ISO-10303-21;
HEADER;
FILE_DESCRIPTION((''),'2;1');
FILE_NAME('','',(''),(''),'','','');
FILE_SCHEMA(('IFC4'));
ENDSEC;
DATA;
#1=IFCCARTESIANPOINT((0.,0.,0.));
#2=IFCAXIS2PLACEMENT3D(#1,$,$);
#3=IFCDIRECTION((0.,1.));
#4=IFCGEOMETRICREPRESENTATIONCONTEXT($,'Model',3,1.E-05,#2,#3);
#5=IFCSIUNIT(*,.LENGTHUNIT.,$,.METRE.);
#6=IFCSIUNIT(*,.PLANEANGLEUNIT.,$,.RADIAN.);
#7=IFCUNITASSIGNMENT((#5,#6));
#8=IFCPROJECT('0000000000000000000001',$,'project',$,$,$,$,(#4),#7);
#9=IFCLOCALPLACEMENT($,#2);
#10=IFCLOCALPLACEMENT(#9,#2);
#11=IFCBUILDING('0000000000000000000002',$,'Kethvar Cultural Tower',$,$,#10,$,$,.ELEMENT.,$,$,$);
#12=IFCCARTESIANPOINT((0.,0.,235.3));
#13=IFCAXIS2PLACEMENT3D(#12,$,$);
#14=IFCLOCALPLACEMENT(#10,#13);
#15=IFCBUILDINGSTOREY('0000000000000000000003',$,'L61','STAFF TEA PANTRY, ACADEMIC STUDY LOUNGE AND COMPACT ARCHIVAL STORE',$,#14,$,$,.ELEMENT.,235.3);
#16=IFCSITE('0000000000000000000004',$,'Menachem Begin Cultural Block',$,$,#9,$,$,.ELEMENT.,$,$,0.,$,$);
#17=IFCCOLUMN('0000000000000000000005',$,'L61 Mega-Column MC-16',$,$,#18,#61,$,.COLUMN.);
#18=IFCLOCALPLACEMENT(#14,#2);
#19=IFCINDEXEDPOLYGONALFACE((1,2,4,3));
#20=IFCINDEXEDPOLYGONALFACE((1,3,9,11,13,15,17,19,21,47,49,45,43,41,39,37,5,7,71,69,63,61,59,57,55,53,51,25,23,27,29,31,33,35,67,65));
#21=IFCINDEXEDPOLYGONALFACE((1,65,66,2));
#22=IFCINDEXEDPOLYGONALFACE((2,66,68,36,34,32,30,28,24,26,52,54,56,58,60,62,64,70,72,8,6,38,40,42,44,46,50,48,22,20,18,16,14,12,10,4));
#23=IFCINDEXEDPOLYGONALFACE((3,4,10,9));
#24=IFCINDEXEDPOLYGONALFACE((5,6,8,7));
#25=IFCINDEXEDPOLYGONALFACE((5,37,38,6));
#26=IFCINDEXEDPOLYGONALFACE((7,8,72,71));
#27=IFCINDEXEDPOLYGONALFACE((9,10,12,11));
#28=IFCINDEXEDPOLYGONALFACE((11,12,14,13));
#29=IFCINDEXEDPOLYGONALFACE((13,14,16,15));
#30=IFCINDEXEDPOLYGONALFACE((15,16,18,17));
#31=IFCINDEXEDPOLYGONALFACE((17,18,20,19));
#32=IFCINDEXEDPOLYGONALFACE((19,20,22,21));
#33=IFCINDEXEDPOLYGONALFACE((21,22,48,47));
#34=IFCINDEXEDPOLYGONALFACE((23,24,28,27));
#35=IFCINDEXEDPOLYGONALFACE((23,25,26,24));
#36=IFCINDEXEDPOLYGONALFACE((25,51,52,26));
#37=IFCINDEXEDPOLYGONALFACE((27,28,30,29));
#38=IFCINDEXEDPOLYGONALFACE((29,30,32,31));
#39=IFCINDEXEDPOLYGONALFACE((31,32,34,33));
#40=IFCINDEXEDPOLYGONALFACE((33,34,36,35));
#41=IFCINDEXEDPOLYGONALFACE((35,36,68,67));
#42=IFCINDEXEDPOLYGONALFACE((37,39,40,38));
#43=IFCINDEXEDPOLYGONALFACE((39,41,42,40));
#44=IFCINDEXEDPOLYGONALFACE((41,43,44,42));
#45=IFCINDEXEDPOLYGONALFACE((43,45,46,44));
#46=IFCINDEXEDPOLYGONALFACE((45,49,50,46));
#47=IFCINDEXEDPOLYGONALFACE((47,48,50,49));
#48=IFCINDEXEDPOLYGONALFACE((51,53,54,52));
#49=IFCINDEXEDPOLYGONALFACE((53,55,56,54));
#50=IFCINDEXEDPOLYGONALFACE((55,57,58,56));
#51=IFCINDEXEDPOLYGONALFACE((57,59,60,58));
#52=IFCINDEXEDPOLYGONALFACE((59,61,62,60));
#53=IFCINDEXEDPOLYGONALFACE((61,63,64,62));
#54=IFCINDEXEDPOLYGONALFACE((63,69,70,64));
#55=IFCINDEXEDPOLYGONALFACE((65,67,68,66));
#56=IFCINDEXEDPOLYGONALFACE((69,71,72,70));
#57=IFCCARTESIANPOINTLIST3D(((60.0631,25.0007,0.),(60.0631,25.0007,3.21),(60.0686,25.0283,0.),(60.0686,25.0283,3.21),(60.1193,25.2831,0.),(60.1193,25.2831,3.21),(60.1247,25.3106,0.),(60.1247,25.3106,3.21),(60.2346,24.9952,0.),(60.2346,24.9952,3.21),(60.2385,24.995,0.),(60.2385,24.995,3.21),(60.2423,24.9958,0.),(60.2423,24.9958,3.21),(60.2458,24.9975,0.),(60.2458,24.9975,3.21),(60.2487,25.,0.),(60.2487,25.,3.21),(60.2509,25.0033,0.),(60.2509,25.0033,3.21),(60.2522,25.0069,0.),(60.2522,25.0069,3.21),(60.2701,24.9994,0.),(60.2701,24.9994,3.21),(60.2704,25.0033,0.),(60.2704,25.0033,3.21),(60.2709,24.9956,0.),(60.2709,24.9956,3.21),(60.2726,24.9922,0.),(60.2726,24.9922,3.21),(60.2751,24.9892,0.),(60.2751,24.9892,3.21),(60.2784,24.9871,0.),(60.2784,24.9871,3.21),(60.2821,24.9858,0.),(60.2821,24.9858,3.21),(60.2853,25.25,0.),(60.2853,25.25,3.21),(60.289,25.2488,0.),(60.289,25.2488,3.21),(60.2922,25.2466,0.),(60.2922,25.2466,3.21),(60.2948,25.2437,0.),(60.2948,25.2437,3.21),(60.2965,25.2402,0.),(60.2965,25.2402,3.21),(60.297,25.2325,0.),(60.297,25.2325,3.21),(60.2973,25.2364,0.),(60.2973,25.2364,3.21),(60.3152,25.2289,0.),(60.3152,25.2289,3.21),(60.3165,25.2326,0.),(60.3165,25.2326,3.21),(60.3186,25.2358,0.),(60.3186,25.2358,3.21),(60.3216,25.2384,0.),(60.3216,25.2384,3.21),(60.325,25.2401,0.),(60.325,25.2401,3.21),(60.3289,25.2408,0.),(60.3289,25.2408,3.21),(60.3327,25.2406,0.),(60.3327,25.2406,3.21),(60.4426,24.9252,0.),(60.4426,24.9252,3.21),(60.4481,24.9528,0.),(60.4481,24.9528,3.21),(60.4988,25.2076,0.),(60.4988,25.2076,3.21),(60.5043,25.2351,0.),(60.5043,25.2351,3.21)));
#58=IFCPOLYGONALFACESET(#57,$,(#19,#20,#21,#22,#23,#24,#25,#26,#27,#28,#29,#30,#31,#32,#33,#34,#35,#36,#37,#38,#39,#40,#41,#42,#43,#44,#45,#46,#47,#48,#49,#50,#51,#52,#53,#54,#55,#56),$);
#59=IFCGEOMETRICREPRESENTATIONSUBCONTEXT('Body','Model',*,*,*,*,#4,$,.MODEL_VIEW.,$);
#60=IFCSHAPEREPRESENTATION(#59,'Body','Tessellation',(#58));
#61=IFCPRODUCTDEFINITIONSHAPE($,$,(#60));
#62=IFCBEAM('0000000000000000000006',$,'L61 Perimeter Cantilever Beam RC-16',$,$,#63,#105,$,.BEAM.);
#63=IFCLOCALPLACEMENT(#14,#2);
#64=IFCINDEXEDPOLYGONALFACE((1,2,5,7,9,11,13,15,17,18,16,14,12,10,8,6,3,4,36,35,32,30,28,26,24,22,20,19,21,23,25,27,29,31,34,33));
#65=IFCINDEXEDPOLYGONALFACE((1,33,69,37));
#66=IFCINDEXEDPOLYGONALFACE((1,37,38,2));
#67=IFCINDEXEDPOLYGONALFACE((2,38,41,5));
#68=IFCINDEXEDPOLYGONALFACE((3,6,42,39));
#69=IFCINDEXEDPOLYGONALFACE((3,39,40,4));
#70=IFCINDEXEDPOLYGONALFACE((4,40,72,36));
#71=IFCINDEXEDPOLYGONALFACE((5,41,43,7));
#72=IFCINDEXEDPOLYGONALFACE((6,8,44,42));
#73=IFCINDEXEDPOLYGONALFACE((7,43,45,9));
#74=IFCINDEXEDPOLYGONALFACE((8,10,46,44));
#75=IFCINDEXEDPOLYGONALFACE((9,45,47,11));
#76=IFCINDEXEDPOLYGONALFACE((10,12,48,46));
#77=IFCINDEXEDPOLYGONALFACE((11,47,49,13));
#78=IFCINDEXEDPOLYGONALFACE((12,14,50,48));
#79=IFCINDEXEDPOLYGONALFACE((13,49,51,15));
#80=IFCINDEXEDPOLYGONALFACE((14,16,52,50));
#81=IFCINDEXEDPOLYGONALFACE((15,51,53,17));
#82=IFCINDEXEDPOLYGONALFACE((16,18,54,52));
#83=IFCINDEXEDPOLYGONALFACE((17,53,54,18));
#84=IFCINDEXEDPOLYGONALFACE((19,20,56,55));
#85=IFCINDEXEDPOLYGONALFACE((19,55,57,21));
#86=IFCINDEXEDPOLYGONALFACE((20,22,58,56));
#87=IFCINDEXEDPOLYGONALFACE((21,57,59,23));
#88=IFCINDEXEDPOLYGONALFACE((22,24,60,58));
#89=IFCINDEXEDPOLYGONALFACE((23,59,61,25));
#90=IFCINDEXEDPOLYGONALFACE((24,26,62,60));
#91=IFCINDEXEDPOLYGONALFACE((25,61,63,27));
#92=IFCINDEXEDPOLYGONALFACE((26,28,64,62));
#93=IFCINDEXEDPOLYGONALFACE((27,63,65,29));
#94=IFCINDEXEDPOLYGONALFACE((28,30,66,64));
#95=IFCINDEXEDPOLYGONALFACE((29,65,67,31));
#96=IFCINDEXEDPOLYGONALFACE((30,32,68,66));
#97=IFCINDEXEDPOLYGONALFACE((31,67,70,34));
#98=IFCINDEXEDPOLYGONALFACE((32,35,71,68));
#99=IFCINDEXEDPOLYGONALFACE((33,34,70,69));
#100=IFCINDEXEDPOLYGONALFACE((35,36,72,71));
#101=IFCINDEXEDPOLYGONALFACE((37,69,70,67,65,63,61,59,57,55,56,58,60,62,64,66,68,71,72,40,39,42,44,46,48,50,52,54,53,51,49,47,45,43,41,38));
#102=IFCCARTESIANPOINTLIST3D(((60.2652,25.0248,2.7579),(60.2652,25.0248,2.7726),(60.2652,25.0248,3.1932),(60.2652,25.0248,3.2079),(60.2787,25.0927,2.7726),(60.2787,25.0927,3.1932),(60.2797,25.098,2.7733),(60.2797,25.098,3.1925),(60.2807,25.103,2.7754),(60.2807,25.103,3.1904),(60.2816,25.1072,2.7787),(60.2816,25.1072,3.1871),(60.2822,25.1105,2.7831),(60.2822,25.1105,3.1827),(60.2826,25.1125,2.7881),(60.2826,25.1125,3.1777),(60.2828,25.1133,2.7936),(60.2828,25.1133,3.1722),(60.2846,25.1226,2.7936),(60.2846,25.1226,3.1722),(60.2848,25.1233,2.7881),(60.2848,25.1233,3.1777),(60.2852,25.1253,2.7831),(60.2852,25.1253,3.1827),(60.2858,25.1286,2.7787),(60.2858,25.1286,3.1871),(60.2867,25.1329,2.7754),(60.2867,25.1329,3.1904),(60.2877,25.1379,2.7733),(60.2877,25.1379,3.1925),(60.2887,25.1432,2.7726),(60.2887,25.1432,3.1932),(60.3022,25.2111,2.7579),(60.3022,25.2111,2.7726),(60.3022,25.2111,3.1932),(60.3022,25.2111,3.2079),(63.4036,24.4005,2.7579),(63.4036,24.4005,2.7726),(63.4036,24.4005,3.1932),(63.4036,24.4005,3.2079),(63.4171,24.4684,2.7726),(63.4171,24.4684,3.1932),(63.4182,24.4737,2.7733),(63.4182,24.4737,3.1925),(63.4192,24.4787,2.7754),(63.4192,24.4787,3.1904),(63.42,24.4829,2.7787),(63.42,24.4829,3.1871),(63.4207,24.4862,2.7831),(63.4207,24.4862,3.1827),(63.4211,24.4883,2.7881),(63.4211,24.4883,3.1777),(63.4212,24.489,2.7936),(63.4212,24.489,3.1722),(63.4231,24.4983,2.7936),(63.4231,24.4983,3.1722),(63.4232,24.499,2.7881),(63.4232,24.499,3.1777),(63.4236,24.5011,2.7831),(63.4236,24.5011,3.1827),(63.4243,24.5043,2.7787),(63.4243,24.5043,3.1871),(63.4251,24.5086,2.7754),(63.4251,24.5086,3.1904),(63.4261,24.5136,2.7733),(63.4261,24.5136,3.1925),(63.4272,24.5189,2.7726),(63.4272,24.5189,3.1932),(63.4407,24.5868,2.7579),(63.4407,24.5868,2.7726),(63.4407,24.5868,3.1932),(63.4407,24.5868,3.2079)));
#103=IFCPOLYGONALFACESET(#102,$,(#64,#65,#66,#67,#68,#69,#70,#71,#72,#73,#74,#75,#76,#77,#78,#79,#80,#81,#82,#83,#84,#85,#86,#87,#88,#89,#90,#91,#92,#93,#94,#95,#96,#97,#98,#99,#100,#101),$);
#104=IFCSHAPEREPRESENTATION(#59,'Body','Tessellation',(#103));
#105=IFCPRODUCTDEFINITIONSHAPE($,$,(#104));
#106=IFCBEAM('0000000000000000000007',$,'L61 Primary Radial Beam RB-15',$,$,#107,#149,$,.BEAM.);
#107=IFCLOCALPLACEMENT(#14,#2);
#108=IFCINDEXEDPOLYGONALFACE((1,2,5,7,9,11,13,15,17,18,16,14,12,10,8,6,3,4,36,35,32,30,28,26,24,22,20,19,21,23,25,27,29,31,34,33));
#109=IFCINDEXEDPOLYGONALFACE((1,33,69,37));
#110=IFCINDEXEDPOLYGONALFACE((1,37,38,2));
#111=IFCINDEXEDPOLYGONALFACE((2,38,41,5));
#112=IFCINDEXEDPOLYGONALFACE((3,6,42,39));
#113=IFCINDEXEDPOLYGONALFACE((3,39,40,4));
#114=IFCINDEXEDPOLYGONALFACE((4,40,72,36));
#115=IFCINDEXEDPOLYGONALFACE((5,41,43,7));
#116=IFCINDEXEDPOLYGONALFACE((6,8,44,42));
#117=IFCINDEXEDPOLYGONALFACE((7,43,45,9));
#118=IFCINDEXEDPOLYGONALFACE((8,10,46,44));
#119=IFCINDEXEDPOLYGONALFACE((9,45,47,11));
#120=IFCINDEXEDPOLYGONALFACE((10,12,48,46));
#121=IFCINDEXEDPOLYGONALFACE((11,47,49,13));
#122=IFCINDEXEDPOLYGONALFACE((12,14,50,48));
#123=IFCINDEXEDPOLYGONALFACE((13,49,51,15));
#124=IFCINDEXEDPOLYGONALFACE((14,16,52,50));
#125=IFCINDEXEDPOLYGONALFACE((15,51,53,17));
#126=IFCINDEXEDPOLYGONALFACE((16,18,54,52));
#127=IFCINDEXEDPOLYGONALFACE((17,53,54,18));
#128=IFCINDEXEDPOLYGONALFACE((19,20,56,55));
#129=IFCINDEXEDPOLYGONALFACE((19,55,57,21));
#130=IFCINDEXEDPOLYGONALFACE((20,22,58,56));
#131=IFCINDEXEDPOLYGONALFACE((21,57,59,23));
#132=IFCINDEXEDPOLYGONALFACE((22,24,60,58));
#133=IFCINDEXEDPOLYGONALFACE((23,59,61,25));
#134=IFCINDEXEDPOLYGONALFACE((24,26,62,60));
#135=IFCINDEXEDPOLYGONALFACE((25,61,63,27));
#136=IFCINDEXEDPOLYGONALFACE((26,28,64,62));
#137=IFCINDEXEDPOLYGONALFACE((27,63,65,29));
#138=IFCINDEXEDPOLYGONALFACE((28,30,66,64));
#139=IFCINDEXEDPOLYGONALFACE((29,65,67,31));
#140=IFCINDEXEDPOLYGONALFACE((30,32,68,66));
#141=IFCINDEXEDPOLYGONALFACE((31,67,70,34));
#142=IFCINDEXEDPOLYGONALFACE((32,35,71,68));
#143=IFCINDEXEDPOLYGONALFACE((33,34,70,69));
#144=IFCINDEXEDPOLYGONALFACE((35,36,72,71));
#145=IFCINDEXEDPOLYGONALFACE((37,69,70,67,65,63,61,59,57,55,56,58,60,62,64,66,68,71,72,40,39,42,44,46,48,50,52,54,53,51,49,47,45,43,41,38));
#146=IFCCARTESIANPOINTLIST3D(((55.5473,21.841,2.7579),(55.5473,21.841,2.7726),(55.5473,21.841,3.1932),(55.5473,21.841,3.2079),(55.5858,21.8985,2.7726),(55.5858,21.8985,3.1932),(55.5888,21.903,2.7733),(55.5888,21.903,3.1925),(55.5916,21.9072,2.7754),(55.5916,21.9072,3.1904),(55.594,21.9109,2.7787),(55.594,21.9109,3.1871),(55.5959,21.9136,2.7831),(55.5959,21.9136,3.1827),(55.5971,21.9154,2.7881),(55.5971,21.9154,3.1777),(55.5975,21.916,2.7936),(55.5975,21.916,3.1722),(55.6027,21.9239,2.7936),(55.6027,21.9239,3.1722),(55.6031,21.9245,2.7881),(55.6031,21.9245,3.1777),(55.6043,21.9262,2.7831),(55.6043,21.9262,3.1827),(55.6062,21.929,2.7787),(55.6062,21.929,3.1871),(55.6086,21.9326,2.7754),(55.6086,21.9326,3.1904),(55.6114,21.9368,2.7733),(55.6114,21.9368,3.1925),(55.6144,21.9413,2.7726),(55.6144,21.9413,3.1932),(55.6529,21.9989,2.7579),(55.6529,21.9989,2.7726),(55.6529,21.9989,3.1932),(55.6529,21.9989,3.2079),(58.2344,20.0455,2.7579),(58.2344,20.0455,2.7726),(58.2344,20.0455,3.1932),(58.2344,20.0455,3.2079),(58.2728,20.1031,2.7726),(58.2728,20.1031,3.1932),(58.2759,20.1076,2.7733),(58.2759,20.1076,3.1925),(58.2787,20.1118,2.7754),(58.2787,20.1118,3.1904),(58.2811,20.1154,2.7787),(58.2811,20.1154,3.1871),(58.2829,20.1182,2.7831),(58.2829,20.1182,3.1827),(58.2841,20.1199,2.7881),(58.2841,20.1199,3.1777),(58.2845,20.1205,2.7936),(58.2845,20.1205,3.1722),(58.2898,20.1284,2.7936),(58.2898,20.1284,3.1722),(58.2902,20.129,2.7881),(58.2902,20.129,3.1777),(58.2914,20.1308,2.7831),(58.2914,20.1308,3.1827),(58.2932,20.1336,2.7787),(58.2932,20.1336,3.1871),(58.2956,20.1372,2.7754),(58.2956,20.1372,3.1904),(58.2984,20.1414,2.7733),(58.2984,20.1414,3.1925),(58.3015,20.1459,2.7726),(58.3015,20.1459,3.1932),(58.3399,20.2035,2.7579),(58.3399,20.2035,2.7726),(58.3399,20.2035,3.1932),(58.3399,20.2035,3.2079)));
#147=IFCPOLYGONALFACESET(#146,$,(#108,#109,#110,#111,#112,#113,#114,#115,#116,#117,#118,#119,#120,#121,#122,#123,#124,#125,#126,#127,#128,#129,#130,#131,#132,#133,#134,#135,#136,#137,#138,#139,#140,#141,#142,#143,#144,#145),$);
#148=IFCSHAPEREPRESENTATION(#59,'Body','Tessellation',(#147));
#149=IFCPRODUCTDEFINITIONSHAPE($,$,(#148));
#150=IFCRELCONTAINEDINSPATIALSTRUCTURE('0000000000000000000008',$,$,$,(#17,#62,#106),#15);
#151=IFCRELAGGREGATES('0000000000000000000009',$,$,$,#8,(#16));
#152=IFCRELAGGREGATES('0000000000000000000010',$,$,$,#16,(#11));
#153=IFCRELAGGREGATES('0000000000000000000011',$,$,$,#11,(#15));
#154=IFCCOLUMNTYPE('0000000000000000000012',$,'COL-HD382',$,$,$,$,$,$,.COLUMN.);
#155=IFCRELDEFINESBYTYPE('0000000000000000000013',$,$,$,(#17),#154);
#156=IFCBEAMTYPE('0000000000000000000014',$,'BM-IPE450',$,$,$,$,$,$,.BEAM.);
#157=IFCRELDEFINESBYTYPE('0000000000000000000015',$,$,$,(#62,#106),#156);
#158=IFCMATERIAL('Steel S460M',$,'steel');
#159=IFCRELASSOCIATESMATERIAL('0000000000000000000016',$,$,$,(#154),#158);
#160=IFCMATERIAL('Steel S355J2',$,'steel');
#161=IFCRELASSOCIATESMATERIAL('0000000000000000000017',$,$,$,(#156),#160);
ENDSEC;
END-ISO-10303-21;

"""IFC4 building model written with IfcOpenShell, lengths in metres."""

from ifc_helpers import new_model, si_unit, direction, frame, origin, origin_2d, place, context, subcontext, project, spatial, i_section, extrude, source, transform, mapped, material, material_profile, profile_set, type_object, element, save


model = new_model("IFC4")

# Units and contexts
model_context = context("Model", 3, precision=1e-05, world=origin(), true_north=direction((0.0, 1.0)))
body_context = subcontext(model_context, "Body", "Model", "MODEL_VIEW")
ifc_project = project(units=[si_unit("LENGTHUNIT", "METRE"), si_unit("PLANEANGLEUNIT", "RADIAN")], contexts=[model_context])

# Site, building, storey
site_placement = place(None, origin())
site = spatial("IfcSite", under=ifc_project, at=site_placement, Name="Menachem Begin Cultural Block", CompositionType="ELEMENT", RefElevation=0.0)
building_placement = place(site_placement, origin())
building = spatial("IfcBuilding", under=site, at=building_placement, Name="Kethvar Cultural Tower", CompositionType="ELEMENT")
storey_placement = place(building_placement, frame((0.0, 0.0, 235.3)))
storey = spatial("IfcBuildingStorey", under=building, at=storey_placement, Name="L61", Description="STAFF TEA PANTRY, ACADEMIC STUDY LOUNGE AND COMPACT ARCHIVAL STORE", CompositionType="ELEMENT", Elevation=235.3)

# Column
ifc_material_1 = material(Name="Steel S460M", Category="steel")
ifc_material_profile_1 = material_profile(ifc_material_1, i_section(OverallWidth=0.387, OverallDepth=0.3159, WebThickness=0.0186, FlangeThickness=0.0281, FilletRadius=0.0149, at=origin_2d()), Name="Steel S460M — HD400x382")
ifc_profile_set_1 = profile_set([ifc_material_profile_1], Name="Steel S460M — HD400x382")
column_type = type_object("IfcColumnType", Name="COL-HD382", PredefinedType="COLUMN", material=ifc_profile_set_1)
shared_shape_1 = source(origin(), body_context, "Body", "SweptSolid", [
    extrude(i_section(OverallWidth=0.387, OverallDepth=0.3159, WebThickness=0.0186, FlangeThickness=0.0281, FilletRadius=0.0149, at=origin_2d()), origin(), (0.0, 0.0, 1.0), 3.21),
])
column_placement = place(storey_placement, frame((60.2837, 25.1179, 0.0), z_axis=(0.0, 0.0, 1.0), x_axis=(0.980785, -0.19509, 0.0)))
element("IfcColumn", 1, at=column_placement, inside=storey, type_object=column_type, Name="L61 Mega-Column MC-16", PredefinedType="COLUMN", context=body_context, shape_type="MappedRepresentation", body=[
    mapped(shared_shape_1, transform((0.0, 0.0, 0.0), scale=1.0)),
])

# Beams
ifc_material_2 = material(Name="Steel S355J2", Category="steel")
ifc_material_profile_2 = material_profile(ifc_material_2, i_section(OverallWidth=0.1899, OverallDepth=0.45, WebThickness=0.0095, FlangeThickness=0.0146, FilletRadius=0.021, at=origin_2d()), Name="Steel S355J2 — IPE450")
ifc_profile_set_2 = profile_set([ifc_material_profile_2], Name="Steel S355J2 — IPE450")
beam_type_1 = type_object("IfcBeamType", Name="BM-IPE450", PredefinedType="BEAM", material=ifc_profile_set_2)
shared_shape_2 = source(origin(), body_context, "Body", "SweptSolid", [
    extrude(i_section(OverallWidth=0.1899, OverallDepth=0.45, WebThickness=0.0095, FlangeThickness=0.0146, FilletRadius=0.021, at=origin_2d()), origin(), (0.0, 0.0, 1.0), 3.2),
])
beam_1_placement = place(storey_placement, frame((60.2837, 25.1179, 2.9829), z_axis=(0.980786, -0.195089, 0.0), x_axis=(0.195089, 0.980786, 0.0)))
element("IfcBeam", 2, at=beam_1_placement, inside=storey, type_object=beam_type_1, Name="L61 Perimeter Cantilever Beam RC-16", PredefinedType="BEAM", context=body_context, shape_type="MappedRepresentation", body=[
    mapped(shared_shape_2, transform((0.0, 0.0, 0.0), scale=1.0)),
])
shared_shape_3 = source(origin(), body_context, "Body", "SweptSolid", [
    extrude(i_section(OverallWidth=0.1899, OverallDepth=0.45, WebThickness=0.0095, FlangeThickness=0.0146, FilletRadius=0.021, at=origin_2d()), origin(), (0.0, 0.0, 1.0), 3.2317),
])
beam_2_placement = place(storey_placement, frame((55.6001, 21.9199, 2.9829), z_axis=(0.831469, -0.555572, 0.0), x_axis=(0.555572, 0.831469, 0.0)))
element("IfcBeam", 3, at=beam_2_placement, inside=storey, type_object=beam_type_1, Name="L61 Primary Radial Beam RB-15", PredefinedType="BEAM", context=body_context, shape_type="MappedRepresentation", body=[
    mapped(shared_shape_3, transform((0.0, 0.0, 0.0), scale=1.0)),
])

save(model, "model.ifc")
